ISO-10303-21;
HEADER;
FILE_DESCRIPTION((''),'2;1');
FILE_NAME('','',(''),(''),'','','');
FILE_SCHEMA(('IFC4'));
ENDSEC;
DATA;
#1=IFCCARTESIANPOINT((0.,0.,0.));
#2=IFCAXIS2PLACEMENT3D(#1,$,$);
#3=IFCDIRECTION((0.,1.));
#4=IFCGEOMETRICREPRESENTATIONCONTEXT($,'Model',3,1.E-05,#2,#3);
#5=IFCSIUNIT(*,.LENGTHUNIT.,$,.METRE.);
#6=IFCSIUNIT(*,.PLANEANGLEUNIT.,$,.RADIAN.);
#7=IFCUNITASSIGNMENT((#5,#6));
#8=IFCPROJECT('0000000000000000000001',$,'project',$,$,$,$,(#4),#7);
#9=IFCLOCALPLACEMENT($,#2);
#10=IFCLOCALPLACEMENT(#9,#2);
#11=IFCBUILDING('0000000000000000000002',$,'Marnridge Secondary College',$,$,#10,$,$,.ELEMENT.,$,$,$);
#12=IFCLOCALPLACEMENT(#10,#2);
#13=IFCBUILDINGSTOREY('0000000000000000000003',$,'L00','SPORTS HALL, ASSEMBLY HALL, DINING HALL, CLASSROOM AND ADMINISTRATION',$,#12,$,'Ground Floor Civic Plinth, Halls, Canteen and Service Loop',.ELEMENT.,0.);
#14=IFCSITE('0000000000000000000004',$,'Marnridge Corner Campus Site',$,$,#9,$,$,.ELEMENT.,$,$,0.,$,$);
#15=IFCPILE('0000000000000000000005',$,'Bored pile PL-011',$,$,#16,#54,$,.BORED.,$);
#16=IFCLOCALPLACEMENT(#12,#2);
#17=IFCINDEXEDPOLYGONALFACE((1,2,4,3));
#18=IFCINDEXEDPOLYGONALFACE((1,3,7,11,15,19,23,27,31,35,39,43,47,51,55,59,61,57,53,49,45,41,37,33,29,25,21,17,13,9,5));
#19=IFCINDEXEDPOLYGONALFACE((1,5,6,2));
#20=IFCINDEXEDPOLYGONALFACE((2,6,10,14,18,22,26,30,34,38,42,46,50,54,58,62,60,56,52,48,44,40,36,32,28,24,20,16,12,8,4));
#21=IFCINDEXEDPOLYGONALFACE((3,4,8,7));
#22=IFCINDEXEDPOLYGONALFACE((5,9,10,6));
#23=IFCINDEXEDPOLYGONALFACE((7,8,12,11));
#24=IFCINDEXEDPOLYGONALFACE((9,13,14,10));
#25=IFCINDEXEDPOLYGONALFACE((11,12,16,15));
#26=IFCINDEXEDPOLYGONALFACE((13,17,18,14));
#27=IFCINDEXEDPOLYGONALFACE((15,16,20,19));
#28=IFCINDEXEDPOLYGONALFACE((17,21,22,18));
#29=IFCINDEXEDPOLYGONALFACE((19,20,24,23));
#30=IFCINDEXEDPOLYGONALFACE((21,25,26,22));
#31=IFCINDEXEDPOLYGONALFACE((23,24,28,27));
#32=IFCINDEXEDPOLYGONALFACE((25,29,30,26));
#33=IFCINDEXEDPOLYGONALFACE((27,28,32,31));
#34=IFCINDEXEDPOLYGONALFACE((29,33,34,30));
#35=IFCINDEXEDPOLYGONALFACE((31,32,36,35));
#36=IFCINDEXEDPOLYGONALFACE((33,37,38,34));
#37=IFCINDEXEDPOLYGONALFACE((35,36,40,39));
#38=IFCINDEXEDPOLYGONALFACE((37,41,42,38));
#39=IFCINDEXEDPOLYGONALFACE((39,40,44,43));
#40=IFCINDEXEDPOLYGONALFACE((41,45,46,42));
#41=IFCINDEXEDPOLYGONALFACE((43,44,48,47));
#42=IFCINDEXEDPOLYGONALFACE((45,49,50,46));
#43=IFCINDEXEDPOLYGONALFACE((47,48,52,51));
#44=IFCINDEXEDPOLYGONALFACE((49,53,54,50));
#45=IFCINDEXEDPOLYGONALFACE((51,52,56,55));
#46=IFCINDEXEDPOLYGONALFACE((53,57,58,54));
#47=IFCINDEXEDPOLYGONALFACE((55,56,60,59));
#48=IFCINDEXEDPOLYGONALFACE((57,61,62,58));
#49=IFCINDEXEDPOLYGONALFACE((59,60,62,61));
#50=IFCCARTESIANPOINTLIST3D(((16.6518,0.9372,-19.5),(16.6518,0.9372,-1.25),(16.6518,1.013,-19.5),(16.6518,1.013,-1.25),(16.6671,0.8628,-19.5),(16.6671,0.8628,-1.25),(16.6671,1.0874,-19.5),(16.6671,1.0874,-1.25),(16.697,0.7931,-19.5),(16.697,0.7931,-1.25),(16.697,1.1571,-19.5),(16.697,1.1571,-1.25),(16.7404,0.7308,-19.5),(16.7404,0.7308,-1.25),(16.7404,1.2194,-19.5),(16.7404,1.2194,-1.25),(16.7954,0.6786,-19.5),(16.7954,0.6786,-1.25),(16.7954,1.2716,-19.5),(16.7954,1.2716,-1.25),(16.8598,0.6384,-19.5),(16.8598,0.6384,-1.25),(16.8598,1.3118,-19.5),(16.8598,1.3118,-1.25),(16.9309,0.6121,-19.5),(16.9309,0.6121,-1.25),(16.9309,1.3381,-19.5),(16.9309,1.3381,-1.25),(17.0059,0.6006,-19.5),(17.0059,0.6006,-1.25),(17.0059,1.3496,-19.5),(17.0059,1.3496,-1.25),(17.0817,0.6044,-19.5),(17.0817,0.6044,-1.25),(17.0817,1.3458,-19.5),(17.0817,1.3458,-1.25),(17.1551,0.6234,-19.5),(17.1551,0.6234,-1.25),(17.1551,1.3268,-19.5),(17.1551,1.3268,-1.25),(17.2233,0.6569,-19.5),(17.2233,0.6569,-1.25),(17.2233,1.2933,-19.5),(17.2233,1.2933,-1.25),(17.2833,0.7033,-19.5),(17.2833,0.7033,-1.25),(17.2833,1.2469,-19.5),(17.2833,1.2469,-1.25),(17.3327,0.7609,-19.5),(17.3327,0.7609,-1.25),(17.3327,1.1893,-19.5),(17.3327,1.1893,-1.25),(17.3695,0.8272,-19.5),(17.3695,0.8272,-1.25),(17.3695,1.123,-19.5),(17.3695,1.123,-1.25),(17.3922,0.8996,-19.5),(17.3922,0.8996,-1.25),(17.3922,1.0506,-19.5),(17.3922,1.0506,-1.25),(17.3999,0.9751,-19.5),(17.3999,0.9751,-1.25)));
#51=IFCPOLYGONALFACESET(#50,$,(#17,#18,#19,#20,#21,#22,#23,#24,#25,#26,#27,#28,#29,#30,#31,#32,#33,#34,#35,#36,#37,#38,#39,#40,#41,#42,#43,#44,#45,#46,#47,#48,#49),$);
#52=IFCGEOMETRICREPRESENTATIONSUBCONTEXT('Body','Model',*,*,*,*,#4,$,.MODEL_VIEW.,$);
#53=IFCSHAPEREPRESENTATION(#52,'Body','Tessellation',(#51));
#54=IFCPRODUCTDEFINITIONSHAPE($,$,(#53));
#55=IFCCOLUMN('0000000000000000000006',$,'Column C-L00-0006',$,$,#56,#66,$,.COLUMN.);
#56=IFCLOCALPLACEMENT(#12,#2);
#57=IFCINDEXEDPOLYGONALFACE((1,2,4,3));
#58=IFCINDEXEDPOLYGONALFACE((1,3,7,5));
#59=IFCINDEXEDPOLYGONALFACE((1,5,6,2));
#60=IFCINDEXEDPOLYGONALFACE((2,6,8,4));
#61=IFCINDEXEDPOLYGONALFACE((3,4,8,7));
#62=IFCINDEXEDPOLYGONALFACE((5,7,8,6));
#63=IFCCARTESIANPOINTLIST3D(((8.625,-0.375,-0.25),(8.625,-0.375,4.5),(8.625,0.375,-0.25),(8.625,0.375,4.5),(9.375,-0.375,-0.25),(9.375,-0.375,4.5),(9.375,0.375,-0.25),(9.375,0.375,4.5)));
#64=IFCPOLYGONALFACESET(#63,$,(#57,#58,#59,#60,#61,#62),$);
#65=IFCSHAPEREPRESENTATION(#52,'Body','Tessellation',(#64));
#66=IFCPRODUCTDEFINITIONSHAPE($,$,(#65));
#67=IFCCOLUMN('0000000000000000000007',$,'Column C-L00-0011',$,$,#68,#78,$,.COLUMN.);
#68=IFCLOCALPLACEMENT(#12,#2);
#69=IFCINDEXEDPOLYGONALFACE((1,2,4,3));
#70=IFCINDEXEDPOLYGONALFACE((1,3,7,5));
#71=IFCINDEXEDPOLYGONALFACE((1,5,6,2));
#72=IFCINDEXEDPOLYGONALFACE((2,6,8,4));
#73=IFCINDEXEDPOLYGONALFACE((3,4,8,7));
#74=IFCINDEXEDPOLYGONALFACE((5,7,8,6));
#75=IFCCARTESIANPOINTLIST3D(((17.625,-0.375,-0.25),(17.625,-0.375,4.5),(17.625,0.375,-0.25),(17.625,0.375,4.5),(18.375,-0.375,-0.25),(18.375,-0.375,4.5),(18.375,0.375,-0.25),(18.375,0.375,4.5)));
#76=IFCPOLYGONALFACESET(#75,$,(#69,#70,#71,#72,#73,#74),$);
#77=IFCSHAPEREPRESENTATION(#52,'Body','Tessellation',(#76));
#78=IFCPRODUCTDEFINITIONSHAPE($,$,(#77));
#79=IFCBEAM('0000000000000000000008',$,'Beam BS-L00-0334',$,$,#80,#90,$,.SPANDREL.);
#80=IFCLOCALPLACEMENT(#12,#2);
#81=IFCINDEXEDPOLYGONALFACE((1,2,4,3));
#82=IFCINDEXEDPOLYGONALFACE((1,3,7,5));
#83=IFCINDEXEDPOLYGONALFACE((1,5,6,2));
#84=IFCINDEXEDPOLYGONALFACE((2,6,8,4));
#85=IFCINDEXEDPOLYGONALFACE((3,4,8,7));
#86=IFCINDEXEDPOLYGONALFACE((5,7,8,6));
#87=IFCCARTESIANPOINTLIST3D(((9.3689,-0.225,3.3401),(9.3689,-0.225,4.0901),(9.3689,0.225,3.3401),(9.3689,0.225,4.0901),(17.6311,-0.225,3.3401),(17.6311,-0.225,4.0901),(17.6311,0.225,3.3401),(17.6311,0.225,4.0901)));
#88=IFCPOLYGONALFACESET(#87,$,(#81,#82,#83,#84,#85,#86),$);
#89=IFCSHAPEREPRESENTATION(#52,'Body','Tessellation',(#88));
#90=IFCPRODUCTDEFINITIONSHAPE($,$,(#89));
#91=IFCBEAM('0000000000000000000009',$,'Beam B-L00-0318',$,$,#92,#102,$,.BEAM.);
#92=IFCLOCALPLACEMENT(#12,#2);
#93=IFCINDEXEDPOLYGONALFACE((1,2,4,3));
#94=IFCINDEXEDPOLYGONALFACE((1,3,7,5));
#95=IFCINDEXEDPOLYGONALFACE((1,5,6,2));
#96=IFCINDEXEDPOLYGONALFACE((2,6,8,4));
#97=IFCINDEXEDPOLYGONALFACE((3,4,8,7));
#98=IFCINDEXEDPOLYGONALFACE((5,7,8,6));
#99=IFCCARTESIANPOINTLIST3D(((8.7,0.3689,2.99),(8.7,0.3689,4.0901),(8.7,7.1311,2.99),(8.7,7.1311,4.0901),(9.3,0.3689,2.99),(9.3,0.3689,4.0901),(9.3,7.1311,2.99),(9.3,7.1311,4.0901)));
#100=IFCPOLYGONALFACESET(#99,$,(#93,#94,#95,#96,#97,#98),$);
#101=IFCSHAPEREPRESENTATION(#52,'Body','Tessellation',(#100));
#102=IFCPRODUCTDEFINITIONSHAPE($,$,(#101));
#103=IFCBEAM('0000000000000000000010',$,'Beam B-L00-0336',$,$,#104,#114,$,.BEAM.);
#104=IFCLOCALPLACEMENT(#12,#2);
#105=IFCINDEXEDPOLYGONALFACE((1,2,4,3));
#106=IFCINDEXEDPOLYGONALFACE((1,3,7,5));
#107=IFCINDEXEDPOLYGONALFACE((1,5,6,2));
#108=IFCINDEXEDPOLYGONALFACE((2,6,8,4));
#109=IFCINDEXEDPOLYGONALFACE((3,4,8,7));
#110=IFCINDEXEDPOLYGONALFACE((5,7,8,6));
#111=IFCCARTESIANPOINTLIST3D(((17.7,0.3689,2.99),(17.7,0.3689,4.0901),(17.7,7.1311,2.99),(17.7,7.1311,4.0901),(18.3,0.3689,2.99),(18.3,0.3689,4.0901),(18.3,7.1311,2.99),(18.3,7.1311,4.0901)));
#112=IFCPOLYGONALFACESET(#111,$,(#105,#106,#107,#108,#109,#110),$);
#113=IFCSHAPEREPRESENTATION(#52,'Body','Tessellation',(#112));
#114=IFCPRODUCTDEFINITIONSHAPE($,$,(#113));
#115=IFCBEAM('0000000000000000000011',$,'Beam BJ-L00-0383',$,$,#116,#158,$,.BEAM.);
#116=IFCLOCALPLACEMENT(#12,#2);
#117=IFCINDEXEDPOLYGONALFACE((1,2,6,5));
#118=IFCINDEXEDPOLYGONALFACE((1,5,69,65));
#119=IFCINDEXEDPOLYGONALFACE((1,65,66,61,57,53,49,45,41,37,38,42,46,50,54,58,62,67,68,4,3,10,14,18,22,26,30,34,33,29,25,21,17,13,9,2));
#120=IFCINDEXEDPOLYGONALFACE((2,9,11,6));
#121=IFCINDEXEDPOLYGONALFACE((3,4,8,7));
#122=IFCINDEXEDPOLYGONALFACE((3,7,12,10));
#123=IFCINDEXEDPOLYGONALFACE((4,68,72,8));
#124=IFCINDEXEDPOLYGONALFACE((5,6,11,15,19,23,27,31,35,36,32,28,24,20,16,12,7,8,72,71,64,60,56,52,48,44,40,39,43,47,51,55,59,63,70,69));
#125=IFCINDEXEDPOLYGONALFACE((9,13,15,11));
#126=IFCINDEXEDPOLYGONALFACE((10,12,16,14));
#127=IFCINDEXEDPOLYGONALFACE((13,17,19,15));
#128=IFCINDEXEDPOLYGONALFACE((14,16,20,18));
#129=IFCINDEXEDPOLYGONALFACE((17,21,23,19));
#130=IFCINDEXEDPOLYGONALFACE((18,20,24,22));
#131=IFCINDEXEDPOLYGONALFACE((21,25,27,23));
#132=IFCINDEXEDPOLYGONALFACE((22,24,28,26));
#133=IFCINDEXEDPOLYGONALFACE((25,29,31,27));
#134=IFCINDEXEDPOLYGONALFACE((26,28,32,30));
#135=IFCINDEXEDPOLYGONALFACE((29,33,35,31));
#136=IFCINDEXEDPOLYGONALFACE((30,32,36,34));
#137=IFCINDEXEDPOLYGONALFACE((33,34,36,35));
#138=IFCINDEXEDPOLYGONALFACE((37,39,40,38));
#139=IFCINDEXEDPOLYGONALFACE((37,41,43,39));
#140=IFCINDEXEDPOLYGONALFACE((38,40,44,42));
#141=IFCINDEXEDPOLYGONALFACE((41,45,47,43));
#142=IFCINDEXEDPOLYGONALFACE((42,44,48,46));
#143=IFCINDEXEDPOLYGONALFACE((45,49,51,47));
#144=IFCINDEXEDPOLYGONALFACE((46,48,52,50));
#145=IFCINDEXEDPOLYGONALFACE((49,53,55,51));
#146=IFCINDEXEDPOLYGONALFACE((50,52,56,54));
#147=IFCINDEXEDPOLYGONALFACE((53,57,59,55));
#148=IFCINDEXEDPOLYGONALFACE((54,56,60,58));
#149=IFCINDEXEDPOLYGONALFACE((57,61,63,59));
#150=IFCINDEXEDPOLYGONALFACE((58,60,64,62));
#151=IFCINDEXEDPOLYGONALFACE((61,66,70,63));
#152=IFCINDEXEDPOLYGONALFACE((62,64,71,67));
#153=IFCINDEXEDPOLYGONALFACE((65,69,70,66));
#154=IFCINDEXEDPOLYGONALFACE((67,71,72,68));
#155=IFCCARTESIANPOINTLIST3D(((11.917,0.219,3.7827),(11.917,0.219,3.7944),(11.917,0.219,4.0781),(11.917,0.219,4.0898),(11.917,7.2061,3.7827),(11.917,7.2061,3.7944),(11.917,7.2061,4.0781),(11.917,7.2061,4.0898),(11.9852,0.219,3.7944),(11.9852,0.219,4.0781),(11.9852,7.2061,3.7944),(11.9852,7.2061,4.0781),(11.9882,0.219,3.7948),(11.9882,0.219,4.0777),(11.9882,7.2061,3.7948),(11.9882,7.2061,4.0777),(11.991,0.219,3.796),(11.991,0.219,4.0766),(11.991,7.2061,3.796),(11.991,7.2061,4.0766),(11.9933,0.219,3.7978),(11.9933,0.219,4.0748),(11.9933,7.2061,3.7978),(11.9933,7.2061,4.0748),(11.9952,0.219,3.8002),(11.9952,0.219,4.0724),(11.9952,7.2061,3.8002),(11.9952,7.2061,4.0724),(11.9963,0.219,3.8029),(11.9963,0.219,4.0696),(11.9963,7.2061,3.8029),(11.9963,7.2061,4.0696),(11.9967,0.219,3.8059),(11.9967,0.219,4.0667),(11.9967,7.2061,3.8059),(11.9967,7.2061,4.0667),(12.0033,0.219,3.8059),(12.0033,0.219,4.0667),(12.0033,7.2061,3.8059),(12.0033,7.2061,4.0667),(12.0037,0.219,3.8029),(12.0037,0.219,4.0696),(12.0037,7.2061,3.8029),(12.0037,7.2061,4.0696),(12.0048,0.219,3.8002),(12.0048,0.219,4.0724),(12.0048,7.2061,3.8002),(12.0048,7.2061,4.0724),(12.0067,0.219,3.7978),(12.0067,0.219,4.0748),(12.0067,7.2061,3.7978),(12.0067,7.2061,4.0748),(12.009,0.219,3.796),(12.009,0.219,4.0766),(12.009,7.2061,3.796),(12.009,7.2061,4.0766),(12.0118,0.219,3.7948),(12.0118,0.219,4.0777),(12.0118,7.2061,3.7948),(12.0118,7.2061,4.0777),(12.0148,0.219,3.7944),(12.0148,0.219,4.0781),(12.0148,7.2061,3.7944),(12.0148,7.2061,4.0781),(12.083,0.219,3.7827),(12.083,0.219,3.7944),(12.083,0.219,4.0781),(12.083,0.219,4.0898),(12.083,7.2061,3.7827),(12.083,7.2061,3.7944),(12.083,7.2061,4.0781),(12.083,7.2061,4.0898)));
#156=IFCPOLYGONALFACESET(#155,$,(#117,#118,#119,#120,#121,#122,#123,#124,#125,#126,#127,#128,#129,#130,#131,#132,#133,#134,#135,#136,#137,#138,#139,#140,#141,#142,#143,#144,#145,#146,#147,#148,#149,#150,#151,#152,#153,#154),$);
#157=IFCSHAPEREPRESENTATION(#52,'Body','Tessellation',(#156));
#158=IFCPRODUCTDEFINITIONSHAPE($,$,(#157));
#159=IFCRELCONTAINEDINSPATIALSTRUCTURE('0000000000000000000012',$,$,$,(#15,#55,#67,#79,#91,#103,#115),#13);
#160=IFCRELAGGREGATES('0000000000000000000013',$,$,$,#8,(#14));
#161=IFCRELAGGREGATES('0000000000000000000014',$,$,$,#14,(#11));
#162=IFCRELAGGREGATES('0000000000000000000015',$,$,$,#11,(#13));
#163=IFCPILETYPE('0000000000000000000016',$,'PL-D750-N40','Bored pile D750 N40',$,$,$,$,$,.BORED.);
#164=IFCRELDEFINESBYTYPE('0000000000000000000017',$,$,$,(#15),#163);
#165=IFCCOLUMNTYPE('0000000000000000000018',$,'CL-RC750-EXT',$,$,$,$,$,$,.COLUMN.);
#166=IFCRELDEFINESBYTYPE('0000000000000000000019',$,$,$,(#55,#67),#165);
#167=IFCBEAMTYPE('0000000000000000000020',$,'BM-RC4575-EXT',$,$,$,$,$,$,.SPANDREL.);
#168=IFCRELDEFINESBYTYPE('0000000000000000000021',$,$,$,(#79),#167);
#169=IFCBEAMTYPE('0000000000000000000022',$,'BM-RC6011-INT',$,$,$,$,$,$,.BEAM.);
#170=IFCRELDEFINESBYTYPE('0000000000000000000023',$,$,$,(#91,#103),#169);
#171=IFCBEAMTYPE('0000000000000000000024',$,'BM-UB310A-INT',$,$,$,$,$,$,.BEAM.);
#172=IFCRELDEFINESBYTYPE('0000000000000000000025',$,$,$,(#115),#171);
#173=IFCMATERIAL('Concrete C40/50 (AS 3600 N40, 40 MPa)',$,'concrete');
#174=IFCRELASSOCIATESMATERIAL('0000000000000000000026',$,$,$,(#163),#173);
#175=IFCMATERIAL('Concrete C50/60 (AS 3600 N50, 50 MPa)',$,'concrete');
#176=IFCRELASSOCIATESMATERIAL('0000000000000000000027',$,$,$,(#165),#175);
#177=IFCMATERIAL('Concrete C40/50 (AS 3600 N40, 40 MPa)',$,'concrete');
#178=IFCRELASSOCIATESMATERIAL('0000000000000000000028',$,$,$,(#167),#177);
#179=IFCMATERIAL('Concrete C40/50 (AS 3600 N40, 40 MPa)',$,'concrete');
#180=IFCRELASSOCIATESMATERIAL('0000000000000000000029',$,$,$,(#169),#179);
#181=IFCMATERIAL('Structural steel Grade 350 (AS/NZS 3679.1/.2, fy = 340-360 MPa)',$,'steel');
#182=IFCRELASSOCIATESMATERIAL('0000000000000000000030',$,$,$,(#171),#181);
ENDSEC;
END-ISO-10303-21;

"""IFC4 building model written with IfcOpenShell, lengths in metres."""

from ifc_helpers import new_model, si_unit, direction, frame, origin, origin_2d, place, context, subcontext, project, spatial, rectangle, circle, i_section, extrude, material, material_profile, profile_set, type_object, element, save


model = new_model("IFC4")

# Units and contexts
model_context = context("Model", 3, precision=1e-05, world=origin(), true_north=direction((0.0, 1.0)))
body_context = subcontext(model_context, "Body", "Model", "MODEL_VIEW")
ifc_project = project(units=[si_unit("LENGTHUNIT", "METRE"), si_unit("PLANEANGLEUNIT", "RADIAN")], contexts=[model_context])

# Site, building, storey
site_placement = place(None, origin())
site = spatial("IfcSite", under=ifc_project, at=site_placement, Name="Marnridge Corner Campus Site", CompositionType="ELEMENT", RefElevation=0.0)
building_placement = place(site_placement, origin())
building = spatial("IfcBuilding", under=site, at=building_placement, Name="Marnridge Secondary College", CompositionType="ELEMENT")
storey_placement = place(building_placement, origin())
storey = spatial("IfcBuildingStorey", under=building, at=storey_placement, Name="L00", Description="SPORTS HALL, ASSEMBLY HALL, DINING HALL, CLASSROOM AND ADMINISTRATION", LongName="Ground Floor Civic Plinth, Halls, Canteen and Service Loop", CompositionType="ELEMENT", Elevation=0.0)

# Pile
ifc_material_1 = material(Name="Concrete C40/50 (AS 3600 N40, 40 MPa)", Category="concrete")
ifc_material_profile_1 = material_profile(ifc_material_1, circle(Radius=0.375, at=origin_2d()), Name="PILE D750")
ifc_profile_set_1 = profile_set([ifc_material_profile_1], Name="Concrete C40/50 (AS 3600 N40, 40 MPa)")
pile_type = type_object("IfcPileType", Name="PL-D750-N40", Description="Bored pile D750 N40", PredefinedType="BORED", material=ifc_profile_set_1)
for number, where, z_axis, x_axis, name in (
    (1, (17.0249, 0.9751, -1.25), (0.0, 0.0, -1.0), (1.0, 0.0, 0.0), "Bored pile PL-011"),
):
    element("IfcPile", number, at=place(storey_placement, frame(where, z_axis=z_axis, x_axis=x_axis)), inside=storey, type_object=pile_type, Name=name, PredefinedType="BORED", context=body_context, shape_type="SweptSolid", body=[
        extrude(circle(Radius=0.375, at=origin_2d()), origin(), (0.0, 0.0, 1.0), 18.25),
    ])

# Columns
ifc_material_2 = material(Name="Concrete C50/60 (AS 3600 N50, 50 MPa)", Category="concrete")
ifc_material_profile_2 = material_profile(ifc_material_2, rectangle(XDim=0.75, YDim=0.75, at=origin_2d()), Name="RC 750x750")
ifc_profile_set_2 = profile_set([ifc_material_profile_2], Name="Concrete C50/60 (AS 3600 N50, 50 MPa)")
column_type = type_object("IfcColumnType", Name="CL-RC750-EXT", PredefinedType="COLUMN", material=ifc_profile_set_2)
for number, where, z_axis, x_axis, name in (
    (2, (9.0, 0.0, -0.25), (0.0, 0.0, 1.0), (1.0, 0.0, 0.0), "Column C-L00-0006"),
    (3, (18.0, 0.0, -0.25), (0.0, 0.0, 1.0), (1.0, 0.0, 0.0), "Column C-L00-0011"),
):
    element("IfcColumn", number, at=place(storey_placement, frame(where, z_axis=z_axis, x_axis=x_axis)), inside=storey, type_object=column_type, Name=name, PredefinedType="COLUMN", context=body_context, shape_type="SweptSolid", body=[
        extrude(rectangle(XDim=0.75, YDim=0.75, at=origin_2d()), origin(), (0.0, 0.0, 1.0), 4.75),
    ])

# Beams
ifc_material_3 = material(Name="Concrete C40/50 (AS 3600 N40, 40 MPa)", Category="concrete")
ifc_material_profile_3 = material_profile(ifc_material_3, rectangle(XDim=0.45, YDim=0.75, at=origin_2d()), Name="RC 450x750")
ifc_profile_set_3 = profile_set([ifc_material_profile_3], Name="Concrete C40/50 (AS 3600 N40, 40 MPa)")
beam_type_1 = type_object("IfcBeamType", Name="BM-RC4575-EXT", PredefinedType="SPANDREL", material=ifc_profile_set_3)
beam_placement = place(storey_placement, frame((9.3689, 0.0, 3.7151), z_axis=(1.0, 0.0, 0.0), x_axis=(0.0, 1.0, 0.0)))
element("IfcBeam", 4, at=beam_placement, inside=storey, type_object=beam_type_1, Name="Beam BS-L00-0334", PredefinedType="SPANDREL", context=body_context, shape_type="SweptSolid", body=[
    extrude(rectangle(XDim=0.45, YDim=0.75, at=origin_2d()), origin(), (0.0, 0.0, 1.0), 8.2622),
])
ifc_material_4 = material(Name="Concrete C40/50 (AS 3600 N40, 40 MPa)", Category="concrete")
ifc_material_profile_4 = material_profile(ifc_material_4, rectangle(XDim=0.6001, YDim=1.1001, at=origin_2d()), Name="RC 600x1100")
ifc_profile_set_4 = profile_set([ifc_material_profile_4], Name="Concrete C40/50 (AS 3600 N40, 40 MPa)")
beam_type_2 = type_object("IfcBeamType", Name="BM-RC6011-INT", PredefinedType="BEAM", material=ifc_profile_set_4)
for number, where, z_axis, x_axis, name in (
    (5, (9.0, 0.3689, 3.54), (0.0, 1.0, 0.0), (-1.0, 0.0, 0.0), "Beam B-L00-0318"),
    (6, (18.0, 0.3689, 3.54), (0.0, 1.0, 0.0), (-1.0, 0.0, 0.0), "Beam B-L00-0336"),
):
    element("IfcBeam", number, at=place(storey_placement, frame(where, z_axis=z_axis, x_axis=x_axis)), inside=storey, type_object=beam_type_2, Name=name, PredefinedType="BEAM", context=body_context, shape_type="SweptSolid", body=[
        extrude(rectangle(XDim=0.6001, YDim=1.1001, at=origin_2d()), origin(), (0.0, 0.0, 1.0), 6.7622),
    ])
ifc_material_5 = material(Name="Structural steel Grade 350 (AS/NZS 3679.1/.2, fy = 340-360 MPa)", Category="steel")
ifc_material_profile_5 = material_profile(ifc_material_5, i_section(OverallWidth=0.166, OverallDepth=0.3071, WebThickness=0.0066, FlangeThickness=0.0117, FilletRadius=0.0115, at=origin_2d()), Name="310UB46.2")
ifc_profile_set_5 = profile_set([ifc_material_profile_5], Name="Structural steel Grade 350 (AS/NZS 3679.1/.2, fy = 340-360 MPa)")
beam_type_3 = type_object("IfcBeamType", Name="BM-UB310A-INT", PredefinedType="BEAM", material=ifc_profile_set_5)
for number, where, z_axis, x_axis, name in (
    (7, (12.0, 0.219, 3.9363), (0.0, 1.0, 0.0), (-1.0, 0.0, 0.0), "Beam BJ-L00-0383"),
):
    element("IfcBeam", number, at=place(storey_placement, frame(where, z_axis=z_axis, x_axis=x_axis)), inside=storey, type_object=beam_type_3, Name=name, PredefinedType="BEAM", context=body_context, shape_type="SweptSolid", body=[
        extrude(i_section(OverallWidth=0.166, OverallDepth=0.3071, WebThickness=0.0066, FlangeThickness=0.0117, FilletRadius=0.0115, at=origin_2d()), origin(), (0.0, 0.0, 1.0), 6.9871),
    ])

save(model, "model.ifc")
